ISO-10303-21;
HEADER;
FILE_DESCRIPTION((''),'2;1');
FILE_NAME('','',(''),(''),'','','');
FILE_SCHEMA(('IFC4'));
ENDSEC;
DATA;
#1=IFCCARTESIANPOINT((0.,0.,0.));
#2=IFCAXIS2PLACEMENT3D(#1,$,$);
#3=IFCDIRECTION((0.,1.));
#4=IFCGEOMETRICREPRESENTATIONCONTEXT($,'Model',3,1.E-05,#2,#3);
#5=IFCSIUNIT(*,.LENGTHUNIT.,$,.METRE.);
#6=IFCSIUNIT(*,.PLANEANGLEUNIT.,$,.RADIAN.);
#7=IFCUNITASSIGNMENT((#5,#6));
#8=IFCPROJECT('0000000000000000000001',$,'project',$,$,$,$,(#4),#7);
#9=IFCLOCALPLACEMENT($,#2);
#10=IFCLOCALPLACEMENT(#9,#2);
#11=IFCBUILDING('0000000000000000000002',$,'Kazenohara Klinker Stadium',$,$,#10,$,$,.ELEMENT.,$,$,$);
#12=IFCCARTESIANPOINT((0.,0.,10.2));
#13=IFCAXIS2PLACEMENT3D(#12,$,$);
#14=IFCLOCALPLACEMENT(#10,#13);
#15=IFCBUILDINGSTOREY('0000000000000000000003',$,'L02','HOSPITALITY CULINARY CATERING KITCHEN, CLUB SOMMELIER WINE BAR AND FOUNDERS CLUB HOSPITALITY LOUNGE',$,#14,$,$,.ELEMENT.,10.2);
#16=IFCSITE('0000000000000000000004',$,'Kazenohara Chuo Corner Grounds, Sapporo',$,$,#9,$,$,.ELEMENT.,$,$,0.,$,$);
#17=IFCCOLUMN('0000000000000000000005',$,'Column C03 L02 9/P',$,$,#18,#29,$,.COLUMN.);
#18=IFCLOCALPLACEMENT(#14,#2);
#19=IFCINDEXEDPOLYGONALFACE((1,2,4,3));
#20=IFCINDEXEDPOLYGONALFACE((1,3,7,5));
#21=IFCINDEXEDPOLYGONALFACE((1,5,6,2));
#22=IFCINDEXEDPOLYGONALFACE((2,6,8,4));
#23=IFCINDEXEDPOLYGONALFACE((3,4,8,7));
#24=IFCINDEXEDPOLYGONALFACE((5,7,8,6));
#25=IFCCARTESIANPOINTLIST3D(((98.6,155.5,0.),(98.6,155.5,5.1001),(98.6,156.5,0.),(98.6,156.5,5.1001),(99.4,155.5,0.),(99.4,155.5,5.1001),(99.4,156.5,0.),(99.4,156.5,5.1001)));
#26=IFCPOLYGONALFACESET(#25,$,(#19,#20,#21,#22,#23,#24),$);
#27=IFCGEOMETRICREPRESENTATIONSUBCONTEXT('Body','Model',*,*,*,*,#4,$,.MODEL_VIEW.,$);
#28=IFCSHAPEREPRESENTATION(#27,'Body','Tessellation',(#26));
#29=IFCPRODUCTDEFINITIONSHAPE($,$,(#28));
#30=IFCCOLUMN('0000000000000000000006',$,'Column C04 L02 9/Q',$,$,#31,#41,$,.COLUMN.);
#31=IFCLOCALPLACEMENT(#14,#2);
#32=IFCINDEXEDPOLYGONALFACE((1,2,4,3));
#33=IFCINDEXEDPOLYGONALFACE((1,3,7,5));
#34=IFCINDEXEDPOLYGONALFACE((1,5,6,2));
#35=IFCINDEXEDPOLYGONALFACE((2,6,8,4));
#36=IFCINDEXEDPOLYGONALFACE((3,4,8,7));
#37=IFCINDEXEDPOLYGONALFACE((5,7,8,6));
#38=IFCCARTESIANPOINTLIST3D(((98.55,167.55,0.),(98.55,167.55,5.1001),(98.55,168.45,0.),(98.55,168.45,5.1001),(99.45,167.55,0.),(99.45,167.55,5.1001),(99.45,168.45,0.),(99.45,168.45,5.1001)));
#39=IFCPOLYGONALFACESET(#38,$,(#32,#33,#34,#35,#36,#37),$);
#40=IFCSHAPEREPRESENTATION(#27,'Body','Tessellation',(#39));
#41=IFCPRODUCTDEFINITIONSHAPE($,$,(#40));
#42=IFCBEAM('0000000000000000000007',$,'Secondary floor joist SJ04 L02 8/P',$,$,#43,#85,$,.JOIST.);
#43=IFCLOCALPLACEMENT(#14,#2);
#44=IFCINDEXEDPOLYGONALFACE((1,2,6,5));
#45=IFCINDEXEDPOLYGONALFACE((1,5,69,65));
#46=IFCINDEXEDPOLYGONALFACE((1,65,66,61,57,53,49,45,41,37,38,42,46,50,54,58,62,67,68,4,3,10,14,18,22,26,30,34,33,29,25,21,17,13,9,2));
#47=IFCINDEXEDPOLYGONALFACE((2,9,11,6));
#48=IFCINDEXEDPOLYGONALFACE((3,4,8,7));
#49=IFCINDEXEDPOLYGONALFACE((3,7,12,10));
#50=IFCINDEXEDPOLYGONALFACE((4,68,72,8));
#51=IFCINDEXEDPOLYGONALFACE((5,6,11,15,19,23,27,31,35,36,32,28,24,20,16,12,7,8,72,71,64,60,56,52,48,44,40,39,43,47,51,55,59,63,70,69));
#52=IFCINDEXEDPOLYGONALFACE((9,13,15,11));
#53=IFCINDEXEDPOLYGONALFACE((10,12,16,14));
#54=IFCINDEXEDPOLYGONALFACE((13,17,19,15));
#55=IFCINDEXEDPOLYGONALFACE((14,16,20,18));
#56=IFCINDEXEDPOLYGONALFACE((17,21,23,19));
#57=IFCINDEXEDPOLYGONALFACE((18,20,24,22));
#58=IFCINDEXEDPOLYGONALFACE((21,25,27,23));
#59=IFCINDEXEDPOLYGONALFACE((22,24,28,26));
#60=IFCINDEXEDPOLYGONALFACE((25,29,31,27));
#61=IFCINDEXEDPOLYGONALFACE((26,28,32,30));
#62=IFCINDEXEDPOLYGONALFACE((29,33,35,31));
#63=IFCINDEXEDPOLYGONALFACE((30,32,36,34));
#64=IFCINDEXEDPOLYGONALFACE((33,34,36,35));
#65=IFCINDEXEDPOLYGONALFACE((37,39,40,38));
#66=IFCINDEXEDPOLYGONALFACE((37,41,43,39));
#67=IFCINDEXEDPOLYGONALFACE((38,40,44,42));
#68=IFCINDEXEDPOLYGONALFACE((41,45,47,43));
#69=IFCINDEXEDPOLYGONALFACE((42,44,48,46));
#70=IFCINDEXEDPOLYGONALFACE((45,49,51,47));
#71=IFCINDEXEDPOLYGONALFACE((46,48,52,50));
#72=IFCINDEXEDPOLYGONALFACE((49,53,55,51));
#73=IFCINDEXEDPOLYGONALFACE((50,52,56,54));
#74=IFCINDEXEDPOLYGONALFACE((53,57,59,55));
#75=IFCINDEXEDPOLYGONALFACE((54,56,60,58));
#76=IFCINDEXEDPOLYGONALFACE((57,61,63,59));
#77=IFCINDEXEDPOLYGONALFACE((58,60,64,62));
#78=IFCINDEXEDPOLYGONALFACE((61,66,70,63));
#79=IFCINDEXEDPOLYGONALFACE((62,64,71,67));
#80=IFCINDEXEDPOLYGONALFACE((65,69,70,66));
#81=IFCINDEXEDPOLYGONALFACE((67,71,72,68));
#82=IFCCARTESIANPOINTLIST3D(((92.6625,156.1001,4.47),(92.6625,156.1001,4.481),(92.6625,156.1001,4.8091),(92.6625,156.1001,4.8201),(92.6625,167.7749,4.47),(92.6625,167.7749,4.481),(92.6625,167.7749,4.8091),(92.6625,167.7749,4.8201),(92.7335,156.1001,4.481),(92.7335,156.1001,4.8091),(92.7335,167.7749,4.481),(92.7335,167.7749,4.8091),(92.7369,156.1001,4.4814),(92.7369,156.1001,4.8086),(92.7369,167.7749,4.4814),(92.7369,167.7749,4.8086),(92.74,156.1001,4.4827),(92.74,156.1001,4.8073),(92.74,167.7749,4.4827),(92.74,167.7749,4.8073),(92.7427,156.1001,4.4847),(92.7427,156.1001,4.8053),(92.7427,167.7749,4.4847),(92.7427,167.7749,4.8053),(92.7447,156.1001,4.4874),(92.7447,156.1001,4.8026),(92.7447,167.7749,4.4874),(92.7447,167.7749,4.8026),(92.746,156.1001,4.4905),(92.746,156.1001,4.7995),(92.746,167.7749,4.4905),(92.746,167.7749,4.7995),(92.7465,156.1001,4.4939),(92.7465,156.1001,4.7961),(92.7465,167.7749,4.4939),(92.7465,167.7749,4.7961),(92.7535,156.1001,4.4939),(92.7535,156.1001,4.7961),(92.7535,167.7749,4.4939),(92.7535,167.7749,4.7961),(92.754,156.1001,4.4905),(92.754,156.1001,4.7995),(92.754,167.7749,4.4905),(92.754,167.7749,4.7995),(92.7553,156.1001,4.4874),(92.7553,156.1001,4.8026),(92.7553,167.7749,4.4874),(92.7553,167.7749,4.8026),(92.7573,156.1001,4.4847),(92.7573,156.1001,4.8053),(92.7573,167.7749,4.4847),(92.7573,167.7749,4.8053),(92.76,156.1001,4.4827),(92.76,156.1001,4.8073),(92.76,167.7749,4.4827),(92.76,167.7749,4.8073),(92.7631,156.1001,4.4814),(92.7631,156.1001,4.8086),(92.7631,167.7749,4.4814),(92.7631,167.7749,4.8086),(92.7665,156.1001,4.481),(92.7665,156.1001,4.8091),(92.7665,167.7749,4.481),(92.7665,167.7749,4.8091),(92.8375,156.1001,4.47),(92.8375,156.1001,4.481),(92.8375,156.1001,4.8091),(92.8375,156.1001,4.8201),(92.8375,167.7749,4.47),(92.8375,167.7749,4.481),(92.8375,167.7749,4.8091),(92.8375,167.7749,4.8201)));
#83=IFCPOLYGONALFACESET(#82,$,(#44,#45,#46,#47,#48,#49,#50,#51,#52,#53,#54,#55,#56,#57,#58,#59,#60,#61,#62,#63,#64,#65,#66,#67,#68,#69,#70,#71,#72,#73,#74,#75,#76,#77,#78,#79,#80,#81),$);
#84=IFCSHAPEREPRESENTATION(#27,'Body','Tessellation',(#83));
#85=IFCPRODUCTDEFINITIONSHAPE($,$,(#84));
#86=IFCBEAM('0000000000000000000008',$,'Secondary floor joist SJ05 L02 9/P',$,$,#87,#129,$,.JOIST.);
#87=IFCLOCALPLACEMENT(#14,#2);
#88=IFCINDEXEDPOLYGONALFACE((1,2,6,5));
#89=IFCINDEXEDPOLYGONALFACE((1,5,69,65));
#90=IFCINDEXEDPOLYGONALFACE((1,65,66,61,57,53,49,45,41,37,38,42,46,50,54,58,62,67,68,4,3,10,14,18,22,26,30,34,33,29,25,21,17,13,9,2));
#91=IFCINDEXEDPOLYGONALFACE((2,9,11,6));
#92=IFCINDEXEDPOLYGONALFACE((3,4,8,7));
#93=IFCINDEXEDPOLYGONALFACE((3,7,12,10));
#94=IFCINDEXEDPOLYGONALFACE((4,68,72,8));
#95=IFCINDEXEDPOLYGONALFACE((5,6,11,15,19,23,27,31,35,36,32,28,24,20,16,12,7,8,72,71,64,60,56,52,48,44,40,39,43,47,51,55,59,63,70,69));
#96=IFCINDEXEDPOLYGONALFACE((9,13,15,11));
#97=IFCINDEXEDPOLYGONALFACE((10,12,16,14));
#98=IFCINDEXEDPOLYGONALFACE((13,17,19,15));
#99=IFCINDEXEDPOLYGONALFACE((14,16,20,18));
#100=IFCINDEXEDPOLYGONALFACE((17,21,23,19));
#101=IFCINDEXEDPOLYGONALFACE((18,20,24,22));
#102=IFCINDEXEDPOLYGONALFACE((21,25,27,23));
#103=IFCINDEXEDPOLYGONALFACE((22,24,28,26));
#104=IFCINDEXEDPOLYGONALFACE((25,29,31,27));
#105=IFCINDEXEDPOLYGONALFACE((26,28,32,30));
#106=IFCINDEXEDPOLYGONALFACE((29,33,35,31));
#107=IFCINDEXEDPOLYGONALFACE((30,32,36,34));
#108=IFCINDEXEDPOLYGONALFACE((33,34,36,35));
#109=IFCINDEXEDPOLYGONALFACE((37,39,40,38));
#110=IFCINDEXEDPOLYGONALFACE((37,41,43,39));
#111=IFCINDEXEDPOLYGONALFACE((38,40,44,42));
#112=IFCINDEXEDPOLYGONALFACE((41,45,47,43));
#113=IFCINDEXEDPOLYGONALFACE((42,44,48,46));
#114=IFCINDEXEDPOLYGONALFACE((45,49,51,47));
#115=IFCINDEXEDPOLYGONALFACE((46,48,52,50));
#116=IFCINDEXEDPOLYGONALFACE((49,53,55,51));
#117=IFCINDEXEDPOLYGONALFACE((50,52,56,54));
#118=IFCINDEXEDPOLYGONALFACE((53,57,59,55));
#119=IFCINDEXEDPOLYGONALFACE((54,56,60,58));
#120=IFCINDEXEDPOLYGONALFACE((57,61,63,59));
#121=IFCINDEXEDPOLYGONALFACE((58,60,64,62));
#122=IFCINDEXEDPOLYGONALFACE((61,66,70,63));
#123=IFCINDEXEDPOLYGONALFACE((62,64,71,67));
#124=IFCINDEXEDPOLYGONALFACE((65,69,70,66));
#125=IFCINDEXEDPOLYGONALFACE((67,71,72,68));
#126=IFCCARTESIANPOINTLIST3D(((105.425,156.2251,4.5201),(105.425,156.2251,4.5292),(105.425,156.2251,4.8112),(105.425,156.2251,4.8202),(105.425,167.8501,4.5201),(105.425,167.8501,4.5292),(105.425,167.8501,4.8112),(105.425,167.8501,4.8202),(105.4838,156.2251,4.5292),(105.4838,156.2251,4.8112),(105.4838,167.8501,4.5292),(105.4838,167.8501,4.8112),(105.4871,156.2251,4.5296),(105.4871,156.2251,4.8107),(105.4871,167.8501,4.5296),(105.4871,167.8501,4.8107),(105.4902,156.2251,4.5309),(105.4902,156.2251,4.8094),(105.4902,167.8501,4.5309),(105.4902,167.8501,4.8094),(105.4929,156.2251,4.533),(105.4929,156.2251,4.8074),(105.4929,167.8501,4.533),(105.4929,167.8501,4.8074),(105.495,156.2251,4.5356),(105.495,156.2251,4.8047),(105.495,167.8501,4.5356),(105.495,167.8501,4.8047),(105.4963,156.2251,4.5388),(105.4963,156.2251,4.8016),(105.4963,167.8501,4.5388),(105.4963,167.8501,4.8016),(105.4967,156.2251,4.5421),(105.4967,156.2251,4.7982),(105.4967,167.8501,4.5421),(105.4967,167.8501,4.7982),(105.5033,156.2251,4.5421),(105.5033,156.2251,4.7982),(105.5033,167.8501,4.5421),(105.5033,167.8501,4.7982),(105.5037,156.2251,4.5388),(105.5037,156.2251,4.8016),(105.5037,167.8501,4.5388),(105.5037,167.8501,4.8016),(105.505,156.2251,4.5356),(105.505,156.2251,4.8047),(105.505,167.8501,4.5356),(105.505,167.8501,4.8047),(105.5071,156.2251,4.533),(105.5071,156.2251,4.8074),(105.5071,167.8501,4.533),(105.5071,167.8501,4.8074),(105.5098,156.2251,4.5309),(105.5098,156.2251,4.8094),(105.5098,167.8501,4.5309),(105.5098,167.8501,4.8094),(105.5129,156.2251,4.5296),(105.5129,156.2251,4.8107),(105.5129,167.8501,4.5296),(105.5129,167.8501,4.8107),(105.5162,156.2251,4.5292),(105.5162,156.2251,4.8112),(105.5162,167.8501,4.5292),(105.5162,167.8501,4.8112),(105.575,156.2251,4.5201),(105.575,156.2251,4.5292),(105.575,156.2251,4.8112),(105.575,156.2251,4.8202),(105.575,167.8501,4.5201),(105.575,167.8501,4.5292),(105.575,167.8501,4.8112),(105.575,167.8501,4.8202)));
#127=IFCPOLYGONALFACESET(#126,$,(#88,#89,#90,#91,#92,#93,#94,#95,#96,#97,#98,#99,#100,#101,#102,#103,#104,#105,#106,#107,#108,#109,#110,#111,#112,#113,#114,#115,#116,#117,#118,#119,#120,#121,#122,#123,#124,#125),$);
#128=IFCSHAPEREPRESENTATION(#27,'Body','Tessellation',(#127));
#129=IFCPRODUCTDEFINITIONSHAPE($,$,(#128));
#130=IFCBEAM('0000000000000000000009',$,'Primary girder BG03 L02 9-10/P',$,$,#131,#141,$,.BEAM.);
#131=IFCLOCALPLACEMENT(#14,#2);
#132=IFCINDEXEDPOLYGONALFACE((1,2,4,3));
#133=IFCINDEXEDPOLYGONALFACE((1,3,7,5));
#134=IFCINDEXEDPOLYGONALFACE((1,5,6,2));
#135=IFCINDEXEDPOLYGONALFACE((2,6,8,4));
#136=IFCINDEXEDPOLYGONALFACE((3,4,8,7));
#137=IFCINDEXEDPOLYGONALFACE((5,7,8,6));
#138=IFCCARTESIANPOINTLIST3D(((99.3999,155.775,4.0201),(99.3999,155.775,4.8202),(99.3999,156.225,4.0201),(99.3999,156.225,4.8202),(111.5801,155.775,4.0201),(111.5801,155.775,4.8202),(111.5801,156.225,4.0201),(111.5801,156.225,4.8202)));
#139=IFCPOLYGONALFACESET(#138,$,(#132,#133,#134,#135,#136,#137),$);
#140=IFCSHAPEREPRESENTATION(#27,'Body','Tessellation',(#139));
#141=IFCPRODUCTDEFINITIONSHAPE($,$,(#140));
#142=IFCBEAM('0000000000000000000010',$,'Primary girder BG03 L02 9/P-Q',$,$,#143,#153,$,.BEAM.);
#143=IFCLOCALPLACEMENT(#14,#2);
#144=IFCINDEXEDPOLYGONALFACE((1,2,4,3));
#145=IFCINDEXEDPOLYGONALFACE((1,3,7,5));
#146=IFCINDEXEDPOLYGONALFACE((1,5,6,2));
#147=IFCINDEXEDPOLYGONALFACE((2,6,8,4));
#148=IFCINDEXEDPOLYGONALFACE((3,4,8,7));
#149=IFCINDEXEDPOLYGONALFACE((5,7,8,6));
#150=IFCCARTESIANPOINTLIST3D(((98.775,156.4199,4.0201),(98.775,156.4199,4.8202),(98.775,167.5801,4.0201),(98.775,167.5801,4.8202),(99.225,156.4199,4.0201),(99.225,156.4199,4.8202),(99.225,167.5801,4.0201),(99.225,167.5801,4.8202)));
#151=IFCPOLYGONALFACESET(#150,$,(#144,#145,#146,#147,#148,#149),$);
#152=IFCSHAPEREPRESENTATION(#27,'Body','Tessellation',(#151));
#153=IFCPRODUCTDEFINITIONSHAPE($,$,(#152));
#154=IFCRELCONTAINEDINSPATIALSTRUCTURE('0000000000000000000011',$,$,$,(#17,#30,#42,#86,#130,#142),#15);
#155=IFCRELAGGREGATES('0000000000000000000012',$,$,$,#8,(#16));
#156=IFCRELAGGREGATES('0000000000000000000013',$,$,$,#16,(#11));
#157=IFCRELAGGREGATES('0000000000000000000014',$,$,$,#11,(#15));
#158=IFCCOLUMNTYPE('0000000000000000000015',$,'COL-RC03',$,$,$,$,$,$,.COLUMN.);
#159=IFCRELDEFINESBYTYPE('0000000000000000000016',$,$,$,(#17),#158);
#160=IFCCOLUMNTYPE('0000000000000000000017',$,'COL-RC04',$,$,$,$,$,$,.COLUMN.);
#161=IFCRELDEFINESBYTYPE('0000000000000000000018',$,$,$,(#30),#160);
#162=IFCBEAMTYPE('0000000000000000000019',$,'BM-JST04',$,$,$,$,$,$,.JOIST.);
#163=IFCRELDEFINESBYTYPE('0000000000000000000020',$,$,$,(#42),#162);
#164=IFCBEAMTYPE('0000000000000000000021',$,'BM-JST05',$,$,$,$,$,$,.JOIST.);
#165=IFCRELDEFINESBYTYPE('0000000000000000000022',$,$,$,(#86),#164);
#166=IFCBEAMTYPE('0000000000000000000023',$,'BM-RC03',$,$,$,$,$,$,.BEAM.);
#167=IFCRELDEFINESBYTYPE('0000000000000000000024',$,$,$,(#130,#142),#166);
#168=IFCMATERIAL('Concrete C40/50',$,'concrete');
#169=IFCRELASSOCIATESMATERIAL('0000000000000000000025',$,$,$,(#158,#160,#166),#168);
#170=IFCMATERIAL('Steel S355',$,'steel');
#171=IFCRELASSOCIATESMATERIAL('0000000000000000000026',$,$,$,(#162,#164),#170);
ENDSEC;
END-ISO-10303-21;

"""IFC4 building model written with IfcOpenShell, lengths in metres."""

from ifc_helpers import new_model, si_unit, direction, frame, origin, origin_2d, place, context, subcontext, project, spatial, rectangle, i_section, extrude, material, material_profile, profile_set, type_object, element, save


model = new_model("IFC4")

# Units and contexts
model_context = context("Model", 3, precision=1e-05, world=origin(), true_north=direction((0.0, 1.0)))
body_context = subcontext(model_context, "Body", "Model", "MODEL_VIEW")
ifc_project = project(units=[si_unit("LENGTHUNIT", "METRE"), si_unit("PLANEANGLEUNIT", "RADIAN")], contexts=[model_context])

# Site, building, storey
site_placement = place(None, origin())
site = spatial("IfcSite", under=ifc_project, at=site_placement, Name="Kazenohara Chuo Corner Grounds, Sapporo", CompositionType="ELEMENT", RefElevation=0.0)
building_placement = place(site_placement, origin())
building = spatial("IfcBuilding", under=site, at=building_placement, Name="Kazenohara Klinker Stadium", CompositionType="ELEMENT")
storey_placement = place(building_placement, frame((0.0, 0.0, 10.2)))
storey = spatial("IfcBuildingStorey", under=building, at=storey_placement, Name="L02", Description="HOSPITALITY CULINARY CATERING KITCHEN, CLUB SOMMELIER WINE BAR AND FOUNDERS CLUB HOSPITALITY LOUNGE", CompositionType="ELEMENT", Elevation=10.2)

# Columns
ifc_material_1 = material(Name="Concrete C40/50", Category="concrete")
ifc_material_profile_1 = material_profile(ifc_material_1, rectangle(XDim=0.8, YDim=1.0, at=origin_2d()), Name="RC-COL-1000x800")
ifc_profile_set_1 = profile_set([ifc_material_profile_1], Name="Concrete C40/50")
column_type_1 = type_object("IfcColumnType", Name="COL-RC03", PredefinedType="COLUMN", material=ifc_profile_set_1)
column_1_placement = place(storey_placement, frame((99.0, 156.0, 0.0), z_axis=(0.0, 0.0, 1.0), x_axis=(1.0, 0.0, 0.0)))
element("IfcColumn", 1, at=column_1_placement, inside=storey, type_object=column_type_1, Name="Column C03 L02 9/P", PredefinedType="COLUMN", context=body_context, shape_type="SweptSolid", body=[
    extrude(rectangle(XDim=0.8, YDim=1.0, at=origin_2d()), origin(), (0.0, 0.0, 1.0), 5.1001),
])
ifc_material_profile_2 = material_profile(ifc_material_1, rectangle(XDim=0.8999, YDim=0.8999, at=origin_2d()), Name="RC-COL-900x900")
ifc_profile_set_2 = profile_set([ifc_material_profile_2], Name="Concrete C40/50")
column_type_2 = type_object("IfcColumnType", Name="COL-RC04", PredefinedType="COLUMN", material=ifc_profile_set_2)
column_2_placement = place(storey_placement, frame((99.0, 168.0, 0.0), z_axis=(0.0, 0.0, 1.0), x_axis=(1.0, 0.0, 0.0)))
element("IfcColumn", 2, at=column_2_placement, inside=storey, type_object=column_type_2, Name="Column C04 L02 9/Q", PredefinedType="COLUMN", context=body_context, shape_type="SweptSolid", body=[
    extrude(rectangle(XDim=0.8999, YDim=0.8999, at=origin_2d()), origin(), (0.0, 0.0, 1.0), 5.1001),
])

# Beams
ifc_material_2 = material(Name="Steel S355", Category="steel")
ifc_material_profile_3 = material_profile(ifc_material_2, i_section(OverallWidth=0.175, OverallDepth=0.3501, WebThickness=0.0071, FlangeThickness=0.011, FilletRadius=0.0129, at=origin_2d()), Name="H-350x175x7x11")
ifc_profile_set_3 = profile_set([ifc_material_profile_3], Name="Steel S355")
beam_type_1 = type_object("IfcBeamType", Name="BM-JST04", PredefinedType="JOIST", material=ifc_profile_set_3)
beam_1_placement = place(storey_placement, frame((92.75, 156.1001, 4.645), z_axis=(0.0, 1.0, 0.0), x_axis=(-1.0, 0.0, 0.0)))
element("IfcBeam", 3, at=beam_1_placement, inside=storey, type_object=beam_type_1, Name="Secondary floor joist SJ04 L02 8/P", PredefinedType="JOIST", context=body_context, shape_type="SweptSolid", body=[
    extrude(i_section(OverallWidth=0.175, OverallDepth=0.3501, WebThickness=0.0071, FlangeThickness=0.011, FilletRadius=0.0129, at=origin_2d()), origin(), (0.0, 0.0, 1.0), 11.6748),
])
ifc_material_profile_4 = material_profile(ifc_material_2, i_section(OverallWidth=0.1499, OverallDepth=0.3, WebThickness=0.0066, FlangeThickness=0.009, FilletRadius=0.0129, at=origin_2d()), Name="H-300x150x6.5x9")
ifc_profile_set_4 = profile_set([ifc_material_profile_4], Name="Steel S355")
beam_type_2 = type_object("IfcBeamType", Name="BM-JST05", PredefinedType="JOIST", material=ifc_profile_set_4)
beam_2_placement = place(storey_placement, frame((105.5, 156.2251, 4.6702), z_axis=(0.0, 1.0, 0.0), x_axis=(-1.0, 0.0, 0.0)))
element("IfcBeam", 4, at=beam_2_placement, inside=storey, type_object=beam_type_2, Name="Secondary floor joist SJ05 L02 9/P", PredefinedType="JOIST", context=body_context, shape_type="SweptSolid", body=[
    extrude(i_section(OverallWidth=0.1499, OverallDepth=0.3, WebThickness=0.0066, FlangeThickness=0.009, FilletRadius=0.0129, at=origin_2d()), origin(), (0.0, 0.0, 1.0), 11.625),
])
ifc_material_profile_5 = material_profile(ifc_material_1, rectangle(XDim=0.45, YDim=0.8, at=origin_2d()), Name="RC-BM-450x800")
ifc_profile_set_5 = profile_set([ifc_material_profile_5], Name="Concrete C40/50")
beam_type_3 = type_object("IfcBeamType", Name="BM-RC03", PredefinedType="BEAM", material=ifc_profile_set_5)
beam_3_placement = place(storey_placement, frame((99.3999, 156.0, 4.4202), z_axis=(1.0, 0.0, 0.0), x_axis=(0.0, 1.0, 0.0)))
element("IfcBeam", 5, at=beam_3_placement, inside=storey, type_object=beam_type_3, Name="Primary girder BG03 L02 9-10/P", PredefinedType="BEAM", context=body_context, shape_type="SweptSolid", body=[
    extrude(rectangle(XDim=0.45, YDim=0.8, at=origin_2d()), origin(), (0.0, 0.0, 1.0), 12.1802),
])
beam_4_placement = place(storey_placement, frame((99.0, 156.4199, 4.4202), z_axis=(0.0, 1.0, 0.0), x_axis=(-1.0, 0.0, 0.0)))
element("IfcBeam", 6, at=beam_4_placement, inside=storey, type_object=beam_type_3, Name="Primary girder BG03 L02 9/P-Q", PredefinedType="BEAM", context=body_context, shape_type="SweptSolid", body=[
    extrude(rectangle(XDim=0.45, YDim=0.8, at=origin_2d()), origin(), (0.0, 0.0, 1.0), 11.1602),
])

save(model, "model.ifc")
